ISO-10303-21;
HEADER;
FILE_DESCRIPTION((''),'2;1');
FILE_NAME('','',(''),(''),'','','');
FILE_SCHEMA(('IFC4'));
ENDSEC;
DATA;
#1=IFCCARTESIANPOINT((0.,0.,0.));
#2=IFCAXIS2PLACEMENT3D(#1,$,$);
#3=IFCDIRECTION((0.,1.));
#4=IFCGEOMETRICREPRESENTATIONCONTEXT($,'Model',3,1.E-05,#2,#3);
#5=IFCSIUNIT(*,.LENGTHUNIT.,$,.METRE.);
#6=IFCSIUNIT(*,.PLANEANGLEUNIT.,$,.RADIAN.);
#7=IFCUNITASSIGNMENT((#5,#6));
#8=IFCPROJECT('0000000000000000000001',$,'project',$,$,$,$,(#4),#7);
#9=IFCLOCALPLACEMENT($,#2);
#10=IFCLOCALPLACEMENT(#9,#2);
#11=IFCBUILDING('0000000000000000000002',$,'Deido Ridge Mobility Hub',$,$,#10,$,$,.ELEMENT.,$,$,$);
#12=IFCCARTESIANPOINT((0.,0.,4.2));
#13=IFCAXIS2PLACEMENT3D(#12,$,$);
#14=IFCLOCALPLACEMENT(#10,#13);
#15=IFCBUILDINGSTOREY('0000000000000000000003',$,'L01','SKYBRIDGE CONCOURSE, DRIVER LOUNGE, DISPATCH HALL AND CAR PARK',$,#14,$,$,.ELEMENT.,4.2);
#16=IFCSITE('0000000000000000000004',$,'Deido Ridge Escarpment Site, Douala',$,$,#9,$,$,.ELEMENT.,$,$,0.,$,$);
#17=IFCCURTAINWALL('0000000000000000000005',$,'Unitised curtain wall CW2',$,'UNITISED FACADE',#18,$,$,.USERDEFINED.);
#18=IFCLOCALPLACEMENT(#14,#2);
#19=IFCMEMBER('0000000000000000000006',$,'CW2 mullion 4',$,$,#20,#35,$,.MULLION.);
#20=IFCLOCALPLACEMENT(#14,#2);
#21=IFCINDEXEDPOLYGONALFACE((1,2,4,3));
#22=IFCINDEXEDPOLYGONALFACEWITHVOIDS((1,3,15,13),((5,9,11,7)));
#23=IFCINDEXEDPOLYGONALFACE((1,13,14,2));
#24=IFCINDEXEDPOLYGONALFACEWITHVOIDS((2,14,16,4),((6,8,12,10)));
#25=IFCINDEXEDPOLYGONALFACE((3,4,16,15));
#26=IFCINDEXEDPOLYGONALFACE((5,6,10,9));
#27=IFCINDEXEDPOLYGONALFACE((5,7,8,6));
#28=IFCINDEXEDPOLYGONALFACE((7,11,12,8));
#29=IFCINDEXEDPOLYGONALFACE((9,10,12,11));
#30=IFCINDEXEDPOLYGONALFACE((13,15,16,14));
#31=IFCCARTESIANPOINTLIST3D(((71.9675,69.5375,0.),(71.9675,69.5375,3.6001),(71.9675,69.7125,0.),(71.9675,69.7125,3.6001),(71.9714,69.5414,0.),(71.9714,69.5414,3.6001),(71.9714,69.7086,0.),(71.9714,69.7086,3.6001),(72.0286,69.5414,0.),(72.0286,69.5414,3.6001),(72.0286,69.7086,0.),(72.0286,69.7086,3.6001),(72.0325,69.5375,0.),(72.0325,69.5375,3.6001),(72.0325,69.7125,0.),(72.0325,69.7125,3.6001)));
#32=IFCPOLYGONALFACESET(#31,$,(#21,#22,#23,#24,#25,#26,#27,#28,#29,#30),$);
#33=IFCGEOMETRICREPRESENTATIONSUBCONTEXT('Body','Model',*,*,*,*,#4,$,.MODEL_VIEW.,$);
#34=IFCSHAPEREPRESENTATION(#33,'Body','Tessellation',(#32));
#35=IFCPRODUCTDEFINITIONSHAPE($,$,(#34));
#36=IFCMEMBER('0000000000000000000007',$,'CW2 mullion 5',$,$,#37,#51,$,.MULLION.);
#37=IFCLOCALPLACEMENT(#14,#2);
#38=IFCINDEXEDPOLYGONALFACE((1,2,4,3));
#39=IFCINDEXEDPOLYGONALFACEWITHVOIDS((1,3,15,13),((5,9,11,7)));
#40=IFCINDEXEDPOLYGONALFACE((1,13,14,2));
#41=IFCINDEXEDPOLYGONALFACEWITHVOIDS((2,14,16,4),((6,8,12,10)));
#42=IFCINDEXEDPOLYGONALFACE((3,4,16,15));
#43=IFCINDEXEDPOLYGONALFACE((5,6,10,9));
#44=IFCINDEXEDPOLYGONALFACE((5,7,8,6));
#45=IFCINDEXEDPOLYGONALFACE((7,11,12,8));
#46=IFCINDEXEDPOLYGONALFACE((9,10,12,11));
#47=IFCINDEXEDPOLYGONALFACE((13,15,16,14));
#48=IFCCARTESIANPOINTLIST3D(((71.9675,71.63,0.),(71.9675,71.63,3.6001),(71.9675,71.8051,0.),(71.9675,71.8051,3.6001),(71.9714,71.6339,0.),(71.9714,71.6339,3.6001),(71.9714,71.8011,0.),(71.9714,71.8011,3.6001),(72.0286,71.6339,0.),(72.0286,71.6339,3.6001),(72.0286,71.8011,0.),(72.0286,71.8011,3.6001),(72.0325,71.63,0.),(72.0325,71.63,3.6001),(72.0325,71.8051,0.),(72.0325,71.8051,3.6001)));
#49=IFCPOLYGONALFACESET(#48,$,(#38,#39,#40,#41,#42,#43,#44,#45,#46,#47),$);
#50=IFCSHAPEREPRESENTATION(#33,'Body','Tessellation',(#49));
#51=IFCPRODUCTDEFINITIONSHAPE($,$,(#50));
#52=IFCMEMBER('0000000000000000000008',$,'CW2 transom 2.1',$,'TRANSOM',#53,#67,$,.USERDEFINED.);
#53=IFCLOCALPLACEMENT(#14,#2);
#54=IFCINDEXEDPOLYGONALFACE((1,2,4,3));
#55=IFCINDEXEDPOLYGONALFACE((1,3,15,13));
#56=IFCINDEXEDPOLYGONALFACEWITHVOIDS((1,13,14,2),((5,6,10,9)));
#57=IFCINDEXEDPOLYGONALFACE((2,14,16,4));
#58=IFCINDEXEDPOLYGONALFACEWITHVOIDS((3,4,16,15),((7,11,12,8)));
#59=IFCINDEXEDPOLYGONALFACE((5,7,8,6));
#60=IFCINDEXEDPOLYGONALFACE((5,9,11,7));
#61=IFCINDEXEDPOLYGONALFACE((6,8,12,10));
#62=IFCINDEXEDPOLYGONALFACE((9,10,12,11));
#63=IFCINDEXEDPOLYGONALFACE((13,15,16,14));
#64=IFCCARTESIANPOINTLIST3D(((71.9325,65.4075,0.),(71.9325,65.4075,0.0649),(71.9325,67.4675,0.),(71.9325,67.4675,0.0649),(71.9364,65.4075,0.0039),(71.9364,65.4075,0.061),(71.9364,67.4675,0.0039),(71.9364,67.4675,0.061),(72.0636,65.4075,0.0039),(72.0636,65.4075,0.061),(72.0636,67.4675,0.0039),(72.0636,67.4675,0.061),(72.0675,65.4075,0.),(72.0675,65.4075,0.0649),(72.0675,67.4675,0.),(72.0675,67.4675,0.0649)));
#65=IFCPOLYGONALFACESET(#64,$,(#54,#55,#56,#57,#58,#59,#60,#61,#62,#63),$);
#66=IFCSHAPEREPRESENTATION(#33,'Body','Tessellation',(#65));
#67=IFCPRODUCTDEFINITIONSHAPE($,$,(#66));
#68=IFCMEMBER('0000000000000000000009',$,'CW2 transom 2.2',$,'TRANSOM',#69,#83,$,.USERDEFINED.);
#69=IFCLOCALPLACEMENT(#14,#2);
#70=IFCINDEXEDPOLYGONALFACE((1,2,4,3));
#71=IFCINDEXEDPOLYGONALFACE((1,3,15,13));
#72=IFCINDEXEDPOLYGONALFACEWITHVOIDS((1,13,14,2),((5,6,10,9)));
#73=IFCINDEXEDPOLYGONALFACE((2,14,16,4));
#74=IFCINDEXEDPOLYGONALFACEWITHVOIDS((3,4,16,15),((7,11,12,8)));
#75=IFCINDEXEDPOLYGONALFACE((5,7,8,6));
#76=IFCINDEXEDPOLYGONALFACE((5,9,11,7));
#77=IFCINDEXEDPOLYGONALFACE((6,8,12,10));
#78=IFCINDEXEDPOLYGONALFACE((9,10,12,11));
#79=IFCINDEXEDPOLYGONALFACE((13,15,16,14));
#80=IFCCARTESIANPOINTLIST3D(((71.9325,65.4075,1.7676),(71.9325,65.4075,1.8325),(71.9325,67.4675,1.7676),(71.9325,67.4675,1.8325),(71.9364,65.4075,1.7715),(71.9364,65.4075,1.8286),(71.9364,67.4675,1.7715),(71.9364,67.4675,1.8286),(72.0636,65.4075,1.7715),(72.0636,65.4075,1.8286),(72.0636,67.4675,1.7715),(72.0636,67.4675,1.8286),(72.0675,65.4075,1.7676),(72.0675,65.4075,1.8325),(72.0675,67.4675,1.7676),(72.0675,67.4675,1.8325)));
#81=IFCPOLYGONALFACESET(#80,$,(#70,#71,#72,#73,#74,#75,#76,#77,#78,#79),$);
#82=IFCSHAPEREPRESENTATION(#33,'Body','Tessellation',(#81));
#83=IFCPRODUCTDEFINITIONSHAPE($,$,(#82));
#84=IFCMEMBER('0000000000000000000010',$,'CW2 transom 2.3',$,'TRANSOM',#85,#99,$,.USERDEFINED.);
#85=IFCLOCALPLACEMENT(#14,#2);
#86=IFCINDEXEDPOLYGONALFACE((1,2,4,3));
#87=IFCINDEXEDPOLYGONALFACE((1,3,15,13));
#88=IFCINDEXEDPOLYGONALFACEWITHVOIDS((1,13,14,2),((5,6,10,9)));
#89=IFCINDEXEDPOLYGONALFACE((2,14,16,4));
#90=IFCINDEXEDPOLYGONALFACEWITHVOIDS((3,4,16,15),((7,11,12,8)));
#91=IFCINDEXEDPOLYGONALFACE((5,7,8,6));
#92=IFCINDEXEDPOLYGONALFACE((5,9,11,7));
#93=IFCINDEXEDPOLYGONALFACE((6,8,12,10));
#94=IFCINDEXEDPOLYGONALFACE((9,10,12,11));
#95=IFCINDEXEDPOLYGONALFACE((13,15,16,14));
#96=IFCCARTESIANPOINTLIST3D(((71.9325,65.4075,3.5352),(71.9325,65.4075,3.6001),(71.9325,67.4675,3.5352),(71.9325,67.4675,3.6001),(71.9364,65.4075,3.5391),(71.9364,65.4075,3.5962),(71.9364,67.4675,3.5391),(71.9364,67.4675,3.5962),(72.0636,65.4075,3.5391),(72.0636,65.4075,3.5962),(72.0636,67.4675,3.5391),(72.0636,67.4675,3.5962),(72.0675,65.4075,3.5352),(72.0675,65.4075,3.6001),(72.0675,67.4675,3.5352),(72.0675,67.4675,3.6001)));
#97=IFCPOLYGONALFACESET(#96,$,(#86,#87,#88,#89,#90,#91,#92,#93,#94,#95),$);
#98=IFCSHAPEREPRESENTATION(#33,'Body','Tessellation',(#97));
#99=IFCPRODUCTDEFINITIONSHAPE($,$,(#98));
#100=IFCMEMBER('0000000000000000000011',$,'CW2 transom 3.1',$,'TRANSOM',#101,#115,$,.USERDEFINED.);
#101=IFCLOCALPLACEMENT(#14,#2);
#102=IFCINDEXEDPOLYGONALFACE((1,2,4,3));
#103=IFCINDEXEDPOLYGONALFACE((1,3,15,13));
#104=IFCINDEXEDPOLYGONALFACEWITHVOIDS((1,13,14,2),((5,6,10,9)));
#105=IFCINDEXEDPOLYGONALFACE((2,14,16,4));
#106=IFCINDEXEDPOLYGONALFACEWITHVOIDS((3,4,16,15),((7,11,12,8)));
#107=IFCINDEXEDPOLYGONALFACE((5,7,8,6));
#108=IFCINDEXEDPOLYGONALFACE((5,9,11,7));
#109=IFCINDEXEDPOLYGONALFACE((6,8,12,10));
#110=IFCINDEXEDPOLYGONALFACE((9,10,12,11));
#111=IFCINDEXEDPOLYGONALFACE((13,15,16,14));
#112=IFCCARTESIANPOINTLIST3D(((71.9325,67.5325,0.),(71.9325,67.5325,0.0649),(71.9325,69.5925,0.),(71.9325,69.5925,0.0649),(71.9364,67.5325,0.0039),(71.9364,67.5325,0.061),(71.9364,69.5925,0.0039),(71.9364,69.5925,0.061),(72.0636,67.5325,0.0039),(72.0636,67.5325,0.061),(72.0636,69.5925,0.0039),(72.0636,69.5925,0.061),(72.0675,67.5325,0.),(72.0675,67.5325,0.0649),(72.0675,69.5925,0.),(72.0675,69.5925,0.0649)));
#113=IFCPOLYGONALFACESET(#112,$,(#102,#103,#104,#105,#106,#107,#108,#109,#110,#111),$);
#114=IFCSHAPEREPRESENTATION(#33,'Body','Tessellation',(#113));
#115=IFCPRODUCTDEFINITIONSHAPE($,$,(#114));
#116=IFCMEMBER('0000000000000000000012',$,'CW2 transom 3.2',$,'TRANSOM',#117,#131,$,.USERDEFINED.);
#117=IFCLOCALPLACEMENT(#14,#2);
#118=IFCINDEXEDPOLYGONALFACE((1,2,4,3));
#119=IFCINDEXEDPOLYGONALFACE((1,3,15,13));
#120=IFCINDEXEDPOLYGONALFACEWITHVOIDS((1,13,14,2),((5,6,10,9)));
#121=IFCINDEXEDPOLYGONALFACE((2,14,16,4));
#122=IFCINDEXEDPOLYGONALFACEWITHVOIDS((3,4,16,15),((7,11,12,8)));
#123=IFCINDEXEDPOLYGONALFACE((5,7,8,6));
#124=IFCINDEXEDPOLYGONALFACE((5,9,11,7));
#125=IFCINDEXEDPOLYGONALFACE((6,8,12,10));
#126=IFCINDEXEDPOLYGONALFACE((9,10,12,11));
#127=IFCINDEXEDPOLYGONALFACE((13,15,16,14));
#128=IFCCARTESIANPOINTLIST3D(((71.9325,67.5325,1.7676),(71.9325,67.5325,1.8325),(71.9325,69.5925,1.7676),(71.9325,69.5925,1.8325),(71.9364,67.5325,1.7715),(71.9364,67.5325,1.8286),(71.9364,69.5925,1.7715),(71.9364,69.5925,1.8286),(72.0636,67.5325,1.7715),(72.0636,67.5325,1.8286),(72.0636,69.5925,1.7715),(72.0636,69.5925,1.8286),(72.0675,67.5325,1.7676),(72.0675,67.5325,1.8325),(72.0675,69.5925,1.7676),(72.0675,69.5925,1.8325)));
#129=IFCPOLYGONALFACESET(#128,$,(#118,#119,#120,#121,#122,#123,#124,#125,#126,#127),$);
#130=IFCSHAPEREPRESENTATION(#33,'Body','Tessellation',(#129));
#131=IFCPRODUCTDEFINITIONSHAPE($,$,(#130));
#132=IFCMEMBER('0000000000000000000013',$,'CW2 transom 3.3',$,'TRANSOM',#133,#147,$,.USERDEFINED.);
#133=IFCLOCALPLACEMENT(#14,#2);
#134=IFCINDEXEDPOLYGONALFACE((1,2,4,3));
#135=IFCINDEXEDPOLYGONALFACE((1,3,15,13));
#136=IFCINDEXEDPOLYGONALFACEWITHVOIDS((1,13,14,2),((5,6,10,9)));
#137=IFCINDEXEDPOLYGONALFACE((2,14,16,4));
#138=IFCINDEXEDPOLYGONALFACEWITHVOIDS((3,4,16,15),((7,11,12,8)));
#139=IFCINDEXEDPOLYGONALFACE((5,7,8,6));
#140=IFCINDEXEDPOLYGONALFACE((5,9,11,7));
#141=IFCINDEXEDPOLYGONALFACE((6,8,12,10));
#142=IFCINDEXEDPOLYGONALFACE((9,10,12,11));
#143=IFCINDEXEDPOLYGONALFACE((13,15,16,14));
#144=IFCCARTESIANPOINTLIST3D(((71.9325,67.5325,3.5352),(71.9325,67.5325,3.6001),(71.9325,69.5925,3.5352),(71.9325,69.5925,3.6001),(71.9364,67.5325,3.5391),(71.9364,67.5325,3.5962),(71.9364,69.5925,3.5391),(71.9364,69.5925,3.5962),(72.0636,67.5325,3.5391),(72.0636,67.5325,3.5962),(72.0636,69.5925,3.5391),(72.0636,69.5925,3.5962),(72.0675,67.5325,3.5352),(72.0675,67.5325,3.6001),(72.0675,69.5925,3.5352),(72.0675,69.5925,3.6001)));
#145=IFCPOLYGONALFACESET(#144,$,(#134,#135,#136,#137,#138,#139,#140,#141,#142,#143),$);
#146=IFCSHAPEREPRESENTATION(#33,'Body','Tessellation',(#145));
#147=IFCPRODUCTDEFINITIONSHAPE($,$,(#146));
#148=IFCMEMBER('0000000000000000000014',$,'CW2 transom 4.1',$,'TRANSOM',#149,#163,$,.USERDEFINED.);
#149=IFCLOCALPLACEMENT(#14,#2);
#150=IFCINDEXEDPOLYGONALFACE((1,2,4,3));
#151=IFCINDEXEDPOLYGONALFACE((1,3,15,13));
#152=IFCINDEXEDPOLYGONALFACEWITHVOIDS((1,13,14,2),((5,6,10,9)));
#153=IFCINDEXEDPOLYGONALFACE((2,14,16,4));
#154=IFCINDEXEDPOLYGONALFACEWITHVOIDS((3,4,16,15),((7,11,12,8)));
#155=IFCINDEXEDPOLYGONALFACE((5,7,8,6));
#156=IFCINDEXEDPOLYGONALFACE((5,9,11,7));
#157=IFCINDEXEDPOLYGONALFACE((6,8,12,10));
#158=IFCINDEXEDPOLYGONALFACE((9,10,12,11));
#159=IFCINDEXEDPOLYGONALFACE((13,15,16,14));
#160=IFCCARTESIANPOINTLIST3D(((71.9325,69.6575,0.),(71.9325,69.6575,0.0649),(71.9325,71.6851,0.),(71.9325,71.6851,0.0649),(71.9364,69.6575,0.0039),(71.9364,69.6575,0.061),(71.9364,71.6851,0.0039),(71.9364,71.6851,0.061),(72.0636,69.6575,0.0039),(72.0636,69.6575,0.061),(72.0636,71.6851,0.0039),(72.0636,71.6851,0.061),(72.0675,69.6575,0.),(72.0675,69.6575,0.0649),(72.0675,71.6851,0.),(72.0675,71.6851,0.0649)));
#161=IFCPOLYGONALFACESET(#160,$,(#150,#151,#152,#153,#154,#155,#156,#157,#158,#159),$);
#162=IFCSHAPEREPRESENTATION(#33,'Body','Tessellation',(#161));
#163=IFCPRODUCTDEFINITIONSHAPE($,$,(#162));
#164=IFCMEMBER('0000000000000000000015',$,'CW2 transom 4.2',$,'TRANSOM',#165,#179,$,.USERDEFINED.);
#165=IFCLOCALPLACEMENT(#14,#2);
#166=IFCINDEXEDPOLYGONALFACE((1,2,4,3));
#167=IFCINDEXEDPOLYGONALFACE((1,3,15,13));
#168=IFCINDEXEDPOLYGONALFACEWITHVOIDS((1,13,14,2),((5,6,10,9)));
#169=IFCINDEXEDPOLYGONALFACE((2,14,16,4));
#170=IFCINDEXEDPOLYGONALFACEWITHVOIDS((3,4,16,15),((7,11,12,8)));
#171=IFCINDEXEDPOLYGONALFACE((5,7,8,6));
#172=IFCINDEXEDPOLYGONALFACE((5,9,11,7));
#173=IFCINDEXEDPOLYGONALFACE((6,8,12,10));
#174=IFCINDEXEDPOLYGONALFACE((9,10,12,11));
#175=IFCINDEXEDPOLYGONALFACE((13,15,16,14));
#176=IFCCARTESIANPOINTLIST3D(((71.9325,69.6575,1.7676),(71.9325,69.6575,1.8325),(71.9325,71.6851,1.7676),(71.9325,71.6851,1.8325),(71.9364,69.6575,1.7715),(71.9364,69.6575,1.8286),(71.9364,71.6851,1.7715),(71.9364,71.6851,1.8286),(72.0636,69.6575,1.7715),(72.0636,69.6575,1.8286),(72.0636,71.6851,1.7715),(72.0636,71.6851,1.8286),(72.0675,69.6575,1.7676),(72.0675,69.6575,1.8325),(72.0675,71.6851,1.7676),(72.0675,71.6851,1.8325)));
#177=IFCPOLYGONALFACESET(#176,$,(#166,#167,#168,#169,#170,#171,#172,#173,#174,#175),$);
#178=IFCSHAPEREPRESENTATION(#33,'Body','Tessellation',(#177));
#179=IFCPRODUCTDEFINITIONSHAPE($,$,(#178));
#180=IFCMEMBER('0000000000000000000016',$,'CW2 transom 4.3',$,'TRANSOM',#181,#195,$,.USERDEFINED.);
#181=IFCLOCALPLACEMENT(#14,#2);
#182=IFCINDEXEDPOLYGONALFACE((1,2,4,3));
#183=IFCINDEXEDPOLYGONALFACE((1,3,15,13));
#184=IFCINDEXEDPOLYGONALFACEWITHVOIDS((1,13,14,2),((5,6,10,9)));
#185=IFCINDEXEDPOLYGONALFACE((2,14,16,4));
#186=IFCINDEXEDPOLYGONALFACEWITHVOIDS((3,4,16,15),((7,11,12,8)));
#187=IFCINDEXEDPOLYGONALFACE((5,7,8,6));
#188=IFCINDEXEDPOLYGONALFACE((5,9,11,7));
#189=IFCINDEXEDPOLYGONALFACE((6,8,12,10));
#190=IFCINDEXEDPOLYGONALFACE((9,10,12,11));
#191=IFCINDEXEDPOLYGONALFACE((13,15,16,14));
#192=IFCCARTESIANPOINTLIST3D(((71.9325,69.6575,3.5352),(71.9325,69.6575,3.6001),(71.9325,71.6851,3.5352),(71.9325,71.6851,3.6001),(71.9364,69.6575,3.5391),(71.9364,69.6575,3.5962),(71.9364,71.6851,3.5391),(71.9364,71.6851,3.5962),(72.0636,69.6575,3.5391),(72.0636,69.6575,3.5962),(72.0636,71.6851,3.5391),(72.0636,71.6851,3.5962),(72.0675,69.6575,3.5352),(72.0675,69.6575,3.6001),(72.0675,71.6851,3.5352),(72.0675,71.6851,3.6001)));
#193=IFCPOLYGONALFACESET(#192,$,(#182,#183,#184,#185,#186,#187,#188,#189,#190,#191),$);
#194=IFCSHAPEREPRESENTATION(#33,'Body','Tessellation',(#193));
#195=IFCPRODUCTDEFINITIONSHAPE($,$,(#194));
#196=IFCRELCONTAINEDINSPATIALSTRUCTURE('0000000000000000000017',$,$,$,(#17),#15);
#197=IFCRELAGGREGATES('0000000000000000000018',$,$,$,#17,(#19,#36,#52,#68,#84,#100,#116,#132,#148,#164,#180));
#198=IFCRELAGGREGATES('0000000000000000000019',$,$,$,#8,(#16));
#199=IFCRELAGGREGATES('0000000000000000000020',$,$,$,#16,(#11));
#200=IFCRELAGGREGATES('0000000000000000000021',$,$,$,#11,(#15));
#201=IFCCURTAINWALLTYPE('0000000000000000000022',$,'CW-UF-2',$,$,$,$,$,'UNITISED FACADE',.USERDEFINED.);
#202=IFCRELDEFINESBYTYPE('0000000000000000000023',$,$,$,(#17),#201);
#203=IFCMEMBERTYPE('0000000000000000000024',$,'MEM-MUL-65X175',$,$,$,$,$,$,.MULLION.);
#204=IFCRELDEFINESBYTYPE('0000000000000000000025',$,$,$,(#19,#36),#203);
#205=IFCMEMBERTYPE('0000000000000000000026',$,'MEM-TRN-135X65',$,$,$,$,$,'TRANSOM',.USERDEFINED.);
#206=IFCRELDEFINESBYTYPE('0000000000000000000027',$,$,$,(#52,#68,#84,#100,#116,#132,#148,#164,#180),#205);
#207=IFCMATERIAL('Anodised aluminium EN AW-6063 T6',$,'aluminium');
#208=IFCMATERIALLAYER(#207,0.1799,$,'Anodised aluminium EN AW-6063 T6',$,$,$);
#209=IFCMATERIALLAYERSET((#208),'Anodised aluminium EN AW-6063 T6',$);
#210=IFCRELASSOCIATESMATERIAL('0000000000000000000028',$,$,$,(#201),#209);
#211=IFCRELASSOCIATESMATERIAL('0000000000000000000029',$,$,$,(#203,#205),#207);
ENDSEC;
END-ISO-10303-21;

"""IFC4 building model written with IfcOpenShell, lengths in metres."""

from ifc_helpers import new_model, si_unit, direction, frame, origin, origin_2d, place, context, subcontext, project, spatial, hollow_rectangle, extrude, material, layer, layer_set, material_profile, profile_set, type_object, element, aggregate, save


model = new_model("IFC4")

# Units and contexts
model_context = context("Model", 3, precision=1e-05, world=origin(), true_north=direction((0.0, 1.0)))
body_context = subcontext(model_context, "Body", "Model", "MODEL_VIEW")
ifc_project = project(units=[si_unit("LENGTHUNIT", "METRE"), si_unit("PLANEANGLEUNIT", "RADIAN")], contexts=[model_context])

# Site, building, storey
site_placement = place(None, origin())
site = spatial("IfcSite", under=ifc_project, at=site_placement, Name="Deido Ridge Escarpment Site, Douala", CompositionType="ELEMENT", RefElevation=0.0)
building_placement = place(site_placement, origin())
building = spatial("IfcBuilding", under=site, at=building_placement, Name="Deido Ridge Mobility Hub", CompositionType="ELEMENT")
storey_placement = place(building_placement, frame((0.0, 0.0, 4.2)))
storey = spatial("IfcBuildingStorey", under=building, at=storey_placement, Name="L01", Description="SKYBRIDGE CONCOURSE, DRIVER LOUNGE, DISPATCH HALL AND CAR PARK", CompositionType="ELEMENT", Elevation=4.2)

# Curtain wall, members
ifc_material_1 = material(Name="Anodised aluminium EN AW-6063 T6", Category="aluminium")
ifc_layer_1 = layer(ifc_material_1, 0.1799, Name="Anodised aluminium EN AW-6063 T6")
ifc_layer_set_1 = layer_set([ifc_layer_1], Name="Anodised aluminium EN AW-6063 T6")
curtain_wall_type = type_object("IfcCurtainWallType", Name="CW-UF-2", ElementType="UNITISED FACADE", PredefinedType="USERDEFINED", material=ifc_layer_set_1)
curtain_wall_placement = place(storey_placement, origin())
curtain_wall = element("IfcCurtainWall", 1, at=curtain_wall_placement, inside=storey, type_object=curtain_wall_type, Name="Unitised curtain wall CW2", ObjectType="UNITISED FACADE", PredefinedType="USERDEFINED")
ifc_material_profile_1 = material_profile(ifc_material_1, hollow_rectangle(XDim=0.0649, YDim=0.175, WallThickness=0.0039, at=origin_2d()), Name="RHS 65x175x4")
ifc_profile_set_1 = profile_set([ifc_material_profile_1], Name="Anodised aluminium EN AW-6063 T6")
member_type_1 = type_object("IfcMemberType", Name="MEM-MUL-65X175", PredefinedType="MULLION", material=ifc_profile_set_1)
member_1_placement = place(storey_placement, frame((72.0, 69.625, 0.0), z_axis=(0.0, 0.0, 1.0), x_axis=(-1.0, 0.0, 0.0)))
member_1 = element("IfcMember", 2, at=member_1_placement, type_object=member_type_1, Name="CW2 mullion 4", PredefinedType="MULLION", context=body_context, shape_type="SweptSolid", body=[
    extrude(hollow_rectangle(XDim=0.0649, YDim=0.175, WallThickness=0.0039, at=origin_2d()), origin(), (0.0, 0.0, 1.0), 3.6001),
])
member_2_placement = place(storey_placement, frame((72.0, 71.7175, 0.0), z_axis=(0.0, 0.0, 1.0), x_axis=(-1.0, 0.0, 0.0)))
member_2 = element("IfcMember", 3, at=member_2_placement, type_object=member_type_1, Name="CW2 mullion 5", PredefinedType="MULLION", context=body_context, shape_type="SweptSolid", body=[
    extrude(hollow_rectangle(XDim=0.0649, YDim=0.175, WallThickness=0.0039, at=origin_2d()), origin(), (0.0, 0.0, 1.0), 3.6001),
])
ifc_material_profile_2 = material_profile(ifc_material_1, hollow_rectangle(XDim=0.135, YDim=0.0649, WallThickness=0.0039, at=origin_2d()), Name="RHS 135x65x4")
ifc_profile_set_2 = profile_set([ifc_material_profile_2], Name="Anodised aluminium EN AW-6063 T6")
member_type_2 = type_object("IfcMemberType", Name="MEM-TRN-135X65", ElementType="TRANSOM", PredefinedType="USERDEFINED", material=ifc_profile_set_2)
member_3_placement = place(storey_placement, frame((72.0, 65.4075, 0.0325), z_axis=(0.0, 1.0, 0.0), x_axis=(-1.0, 0.0, 0.0)))
member_3 = element("IfcMember", 4, at=member_3_placement, type_object=member_type_2, Name="CW2 transom 2.1", ObjectType="TRANSOM", PredefinedType="USERDEFINED", context=body_context, shape_type="SweptSolid", body=[
    extrude(hollow_rectangle(XDim=0.135, YDim=0.0649, WallThickness=0.0039, at=origin_2d()), origin(), (0.0, 0.0, 1.0), 2.0601),
])
member_4_placement = place(storey_placement, frame((72.0, 65.4075, 1.8), z_axis=(0.0, 1.0, 0.0), x_axis=(-1.0, 0.0, 0.0)))
member_4 = element("IfcMember", 5, at=member_4_placement, type_object=member_type_2, Name="CW2 transom 2.2", ObjectType="TRANSOM", PredefinedType="USERDEFINED", context=body_context, shape_type="SweptSolid", body=[
    extrude(hollow_rectangle(XDim=0.135, YDim=0.0649, WallThickness=0.0039, at=origin_2d()), origin(), (0.0, 0.0, 1.0), 2.0601),
])
member_5_placement = place(storey_placement, frame((72.0, 65.4075, 3.5676), z_axis=(0.0, 1.0, 0.0), x_axis=(-1.0, 0.0, 0.0)))
member_5 = element("IfcMember", 6, at=member_5_placement, type_object=member_type_2, Name="CW2 transom 2.3", ObjectType="TRANSOM", PredefinedType="USERDEFINED", context=body_context, shape_type="SweptSolid", body=[
    extrude(hollow_rectangle(XDim=0.135, YDim=0.0649, WallThickness=0.0039, at=origin_2d()), origin(), (0.0, 0.0, 1.0), 2.0601),
])
member_6_placement = place(storey_placement, frame((72.0, 67.5325, 0.0325), z_axis=(0.0, 1.0, 0.0), x_axis=(-1.0, 0.0, 0.0)))
member_6 = element("IfcMember", 7, at=member_6_placement, type_object=member_type_2, Name="CW2 transom 3.1", ObjectType="TRANSOM", PredefinedType="USERDEFINED", context=body_context, shape_type="SweptSolid", body=[
    extrude(hollow_rectangle(XDim=0.135, YDim=0.0649, WallThickness=0.0039, at=origin_2d()), origin(), (0.0, 0.0, 1.0), 2.0601),
])
member_7_placement = place(storey_placement, frame((72.0, 67.5325, 1.8), z_axis=(0.0, 1.0, 0.0), x_axis=(-1.0, 0.0, 0.0)))
member_7 = element("IfcMember", 8, at=member_7_placement, type_object=member_type_2, Name="CW2 transom 3.2", ObjectType="TRANSOM", PredefinedType="USERDEFINED", context=body_context, shape_type="SweptSolid", body=[
    extrude(hollow_rectangle(XDim=0.135, YDim=0.0649, WallThickness=0.0039, at=origin_2d()), origin(), (0.0, 0.0, 1.0), 2.0601),
])
member_8_placement = place(storey_placement, frame((72.0, 67.5325, 3.5676), z_axis=(0.0, 1.0, 0.0), x_axis=(-1.0, 0.0, 0.0)))
member_8 = element("IfcMember", 9, at=member_8_placement, type_object=member_type_2, Name="CW2 transom 3.3", ObjectType="TRANSOM", PredefinedType="USERDEFINED", context=body_context, shape_type="SweptSolid", body=[
    extrude(hollow_rectangle(XDim=0.135, YDim=0.0649, WallThickness=0.0039, at=origin_2d()), origin(), (0.0, 0.0, 1.0), 2.0601),
])
member_9_placement = place(storey_placement, frame((72.0, 69.6575, 0.0325), z_axis=(0.0, 1.0, 0.0), x_axis=(-1.0, 0.0, 0.0)))
member_9 = element("IfcMember", 10, at=member_9_placement, type_object=member_type_2, Name="CW2 transom 4.1", ObjectType="TRANSOM", PredefinedType="USERDEFINED", context=body_context, shape_type="SweptSolid", body=[
    extrude(hollow_rectangle(XDim=0.135, YDim=0.0649, WallThickness=0.0039, at=origin_2d()), origin(), (0.0, 0.0, 1.0), 2.0276),
])
member_10_placement = place(storey_placement, frame((72.0, 69.6575, 1.8), z_axis=(0.0, 1.0, 0.0), x_axis=(-1.0, 0.0, 0.0)))
member_10 = element("IfcMember", 11, at=member_10_placement, type_object=member_type_2, Name="CW2 transom 4.2", ObjectType="TRANSOM", PredefinedType="USERDEFINED", context=body_context, shape_type="SweptSolid", body=[
    extrude(hollow_rectangle(XDim=0.135, YDim=0.0649, WallThickness=0.0039, at=origin_2d()), origin(), (0.0, 0.0, 1.0), 2.0276),
])
member_11_placement = place(storey_placement, frame((72.0, 69.6575, 3.5676), z_axis=(0.0, 1.0, 0.0), x_axis=(-1.0, 0.0, 0.0)))
member_11 = element("IfcMember", 12, at=member_11_placement, type_object=member_type_2, Name="CW2 transom 4.3", ObjectType="TRANSOM", PredefinedType="USERDEFINED", context=body_context, shape_type="SweptSolid", body=[
    extrude(hollow_rectangle(XDim=0.135, YDim=0.0649, WallThickness=0.0039, at=origin_2d()), origin(), (0.0, 0.0, 1.0), 2.0276),
])

aggregate(curtain_wall, [member_1, member_2, member_3, member_4, member_5, member_6, member_7, member_8, member_9, member_10, member_11])

save(model, "model.ifc")
